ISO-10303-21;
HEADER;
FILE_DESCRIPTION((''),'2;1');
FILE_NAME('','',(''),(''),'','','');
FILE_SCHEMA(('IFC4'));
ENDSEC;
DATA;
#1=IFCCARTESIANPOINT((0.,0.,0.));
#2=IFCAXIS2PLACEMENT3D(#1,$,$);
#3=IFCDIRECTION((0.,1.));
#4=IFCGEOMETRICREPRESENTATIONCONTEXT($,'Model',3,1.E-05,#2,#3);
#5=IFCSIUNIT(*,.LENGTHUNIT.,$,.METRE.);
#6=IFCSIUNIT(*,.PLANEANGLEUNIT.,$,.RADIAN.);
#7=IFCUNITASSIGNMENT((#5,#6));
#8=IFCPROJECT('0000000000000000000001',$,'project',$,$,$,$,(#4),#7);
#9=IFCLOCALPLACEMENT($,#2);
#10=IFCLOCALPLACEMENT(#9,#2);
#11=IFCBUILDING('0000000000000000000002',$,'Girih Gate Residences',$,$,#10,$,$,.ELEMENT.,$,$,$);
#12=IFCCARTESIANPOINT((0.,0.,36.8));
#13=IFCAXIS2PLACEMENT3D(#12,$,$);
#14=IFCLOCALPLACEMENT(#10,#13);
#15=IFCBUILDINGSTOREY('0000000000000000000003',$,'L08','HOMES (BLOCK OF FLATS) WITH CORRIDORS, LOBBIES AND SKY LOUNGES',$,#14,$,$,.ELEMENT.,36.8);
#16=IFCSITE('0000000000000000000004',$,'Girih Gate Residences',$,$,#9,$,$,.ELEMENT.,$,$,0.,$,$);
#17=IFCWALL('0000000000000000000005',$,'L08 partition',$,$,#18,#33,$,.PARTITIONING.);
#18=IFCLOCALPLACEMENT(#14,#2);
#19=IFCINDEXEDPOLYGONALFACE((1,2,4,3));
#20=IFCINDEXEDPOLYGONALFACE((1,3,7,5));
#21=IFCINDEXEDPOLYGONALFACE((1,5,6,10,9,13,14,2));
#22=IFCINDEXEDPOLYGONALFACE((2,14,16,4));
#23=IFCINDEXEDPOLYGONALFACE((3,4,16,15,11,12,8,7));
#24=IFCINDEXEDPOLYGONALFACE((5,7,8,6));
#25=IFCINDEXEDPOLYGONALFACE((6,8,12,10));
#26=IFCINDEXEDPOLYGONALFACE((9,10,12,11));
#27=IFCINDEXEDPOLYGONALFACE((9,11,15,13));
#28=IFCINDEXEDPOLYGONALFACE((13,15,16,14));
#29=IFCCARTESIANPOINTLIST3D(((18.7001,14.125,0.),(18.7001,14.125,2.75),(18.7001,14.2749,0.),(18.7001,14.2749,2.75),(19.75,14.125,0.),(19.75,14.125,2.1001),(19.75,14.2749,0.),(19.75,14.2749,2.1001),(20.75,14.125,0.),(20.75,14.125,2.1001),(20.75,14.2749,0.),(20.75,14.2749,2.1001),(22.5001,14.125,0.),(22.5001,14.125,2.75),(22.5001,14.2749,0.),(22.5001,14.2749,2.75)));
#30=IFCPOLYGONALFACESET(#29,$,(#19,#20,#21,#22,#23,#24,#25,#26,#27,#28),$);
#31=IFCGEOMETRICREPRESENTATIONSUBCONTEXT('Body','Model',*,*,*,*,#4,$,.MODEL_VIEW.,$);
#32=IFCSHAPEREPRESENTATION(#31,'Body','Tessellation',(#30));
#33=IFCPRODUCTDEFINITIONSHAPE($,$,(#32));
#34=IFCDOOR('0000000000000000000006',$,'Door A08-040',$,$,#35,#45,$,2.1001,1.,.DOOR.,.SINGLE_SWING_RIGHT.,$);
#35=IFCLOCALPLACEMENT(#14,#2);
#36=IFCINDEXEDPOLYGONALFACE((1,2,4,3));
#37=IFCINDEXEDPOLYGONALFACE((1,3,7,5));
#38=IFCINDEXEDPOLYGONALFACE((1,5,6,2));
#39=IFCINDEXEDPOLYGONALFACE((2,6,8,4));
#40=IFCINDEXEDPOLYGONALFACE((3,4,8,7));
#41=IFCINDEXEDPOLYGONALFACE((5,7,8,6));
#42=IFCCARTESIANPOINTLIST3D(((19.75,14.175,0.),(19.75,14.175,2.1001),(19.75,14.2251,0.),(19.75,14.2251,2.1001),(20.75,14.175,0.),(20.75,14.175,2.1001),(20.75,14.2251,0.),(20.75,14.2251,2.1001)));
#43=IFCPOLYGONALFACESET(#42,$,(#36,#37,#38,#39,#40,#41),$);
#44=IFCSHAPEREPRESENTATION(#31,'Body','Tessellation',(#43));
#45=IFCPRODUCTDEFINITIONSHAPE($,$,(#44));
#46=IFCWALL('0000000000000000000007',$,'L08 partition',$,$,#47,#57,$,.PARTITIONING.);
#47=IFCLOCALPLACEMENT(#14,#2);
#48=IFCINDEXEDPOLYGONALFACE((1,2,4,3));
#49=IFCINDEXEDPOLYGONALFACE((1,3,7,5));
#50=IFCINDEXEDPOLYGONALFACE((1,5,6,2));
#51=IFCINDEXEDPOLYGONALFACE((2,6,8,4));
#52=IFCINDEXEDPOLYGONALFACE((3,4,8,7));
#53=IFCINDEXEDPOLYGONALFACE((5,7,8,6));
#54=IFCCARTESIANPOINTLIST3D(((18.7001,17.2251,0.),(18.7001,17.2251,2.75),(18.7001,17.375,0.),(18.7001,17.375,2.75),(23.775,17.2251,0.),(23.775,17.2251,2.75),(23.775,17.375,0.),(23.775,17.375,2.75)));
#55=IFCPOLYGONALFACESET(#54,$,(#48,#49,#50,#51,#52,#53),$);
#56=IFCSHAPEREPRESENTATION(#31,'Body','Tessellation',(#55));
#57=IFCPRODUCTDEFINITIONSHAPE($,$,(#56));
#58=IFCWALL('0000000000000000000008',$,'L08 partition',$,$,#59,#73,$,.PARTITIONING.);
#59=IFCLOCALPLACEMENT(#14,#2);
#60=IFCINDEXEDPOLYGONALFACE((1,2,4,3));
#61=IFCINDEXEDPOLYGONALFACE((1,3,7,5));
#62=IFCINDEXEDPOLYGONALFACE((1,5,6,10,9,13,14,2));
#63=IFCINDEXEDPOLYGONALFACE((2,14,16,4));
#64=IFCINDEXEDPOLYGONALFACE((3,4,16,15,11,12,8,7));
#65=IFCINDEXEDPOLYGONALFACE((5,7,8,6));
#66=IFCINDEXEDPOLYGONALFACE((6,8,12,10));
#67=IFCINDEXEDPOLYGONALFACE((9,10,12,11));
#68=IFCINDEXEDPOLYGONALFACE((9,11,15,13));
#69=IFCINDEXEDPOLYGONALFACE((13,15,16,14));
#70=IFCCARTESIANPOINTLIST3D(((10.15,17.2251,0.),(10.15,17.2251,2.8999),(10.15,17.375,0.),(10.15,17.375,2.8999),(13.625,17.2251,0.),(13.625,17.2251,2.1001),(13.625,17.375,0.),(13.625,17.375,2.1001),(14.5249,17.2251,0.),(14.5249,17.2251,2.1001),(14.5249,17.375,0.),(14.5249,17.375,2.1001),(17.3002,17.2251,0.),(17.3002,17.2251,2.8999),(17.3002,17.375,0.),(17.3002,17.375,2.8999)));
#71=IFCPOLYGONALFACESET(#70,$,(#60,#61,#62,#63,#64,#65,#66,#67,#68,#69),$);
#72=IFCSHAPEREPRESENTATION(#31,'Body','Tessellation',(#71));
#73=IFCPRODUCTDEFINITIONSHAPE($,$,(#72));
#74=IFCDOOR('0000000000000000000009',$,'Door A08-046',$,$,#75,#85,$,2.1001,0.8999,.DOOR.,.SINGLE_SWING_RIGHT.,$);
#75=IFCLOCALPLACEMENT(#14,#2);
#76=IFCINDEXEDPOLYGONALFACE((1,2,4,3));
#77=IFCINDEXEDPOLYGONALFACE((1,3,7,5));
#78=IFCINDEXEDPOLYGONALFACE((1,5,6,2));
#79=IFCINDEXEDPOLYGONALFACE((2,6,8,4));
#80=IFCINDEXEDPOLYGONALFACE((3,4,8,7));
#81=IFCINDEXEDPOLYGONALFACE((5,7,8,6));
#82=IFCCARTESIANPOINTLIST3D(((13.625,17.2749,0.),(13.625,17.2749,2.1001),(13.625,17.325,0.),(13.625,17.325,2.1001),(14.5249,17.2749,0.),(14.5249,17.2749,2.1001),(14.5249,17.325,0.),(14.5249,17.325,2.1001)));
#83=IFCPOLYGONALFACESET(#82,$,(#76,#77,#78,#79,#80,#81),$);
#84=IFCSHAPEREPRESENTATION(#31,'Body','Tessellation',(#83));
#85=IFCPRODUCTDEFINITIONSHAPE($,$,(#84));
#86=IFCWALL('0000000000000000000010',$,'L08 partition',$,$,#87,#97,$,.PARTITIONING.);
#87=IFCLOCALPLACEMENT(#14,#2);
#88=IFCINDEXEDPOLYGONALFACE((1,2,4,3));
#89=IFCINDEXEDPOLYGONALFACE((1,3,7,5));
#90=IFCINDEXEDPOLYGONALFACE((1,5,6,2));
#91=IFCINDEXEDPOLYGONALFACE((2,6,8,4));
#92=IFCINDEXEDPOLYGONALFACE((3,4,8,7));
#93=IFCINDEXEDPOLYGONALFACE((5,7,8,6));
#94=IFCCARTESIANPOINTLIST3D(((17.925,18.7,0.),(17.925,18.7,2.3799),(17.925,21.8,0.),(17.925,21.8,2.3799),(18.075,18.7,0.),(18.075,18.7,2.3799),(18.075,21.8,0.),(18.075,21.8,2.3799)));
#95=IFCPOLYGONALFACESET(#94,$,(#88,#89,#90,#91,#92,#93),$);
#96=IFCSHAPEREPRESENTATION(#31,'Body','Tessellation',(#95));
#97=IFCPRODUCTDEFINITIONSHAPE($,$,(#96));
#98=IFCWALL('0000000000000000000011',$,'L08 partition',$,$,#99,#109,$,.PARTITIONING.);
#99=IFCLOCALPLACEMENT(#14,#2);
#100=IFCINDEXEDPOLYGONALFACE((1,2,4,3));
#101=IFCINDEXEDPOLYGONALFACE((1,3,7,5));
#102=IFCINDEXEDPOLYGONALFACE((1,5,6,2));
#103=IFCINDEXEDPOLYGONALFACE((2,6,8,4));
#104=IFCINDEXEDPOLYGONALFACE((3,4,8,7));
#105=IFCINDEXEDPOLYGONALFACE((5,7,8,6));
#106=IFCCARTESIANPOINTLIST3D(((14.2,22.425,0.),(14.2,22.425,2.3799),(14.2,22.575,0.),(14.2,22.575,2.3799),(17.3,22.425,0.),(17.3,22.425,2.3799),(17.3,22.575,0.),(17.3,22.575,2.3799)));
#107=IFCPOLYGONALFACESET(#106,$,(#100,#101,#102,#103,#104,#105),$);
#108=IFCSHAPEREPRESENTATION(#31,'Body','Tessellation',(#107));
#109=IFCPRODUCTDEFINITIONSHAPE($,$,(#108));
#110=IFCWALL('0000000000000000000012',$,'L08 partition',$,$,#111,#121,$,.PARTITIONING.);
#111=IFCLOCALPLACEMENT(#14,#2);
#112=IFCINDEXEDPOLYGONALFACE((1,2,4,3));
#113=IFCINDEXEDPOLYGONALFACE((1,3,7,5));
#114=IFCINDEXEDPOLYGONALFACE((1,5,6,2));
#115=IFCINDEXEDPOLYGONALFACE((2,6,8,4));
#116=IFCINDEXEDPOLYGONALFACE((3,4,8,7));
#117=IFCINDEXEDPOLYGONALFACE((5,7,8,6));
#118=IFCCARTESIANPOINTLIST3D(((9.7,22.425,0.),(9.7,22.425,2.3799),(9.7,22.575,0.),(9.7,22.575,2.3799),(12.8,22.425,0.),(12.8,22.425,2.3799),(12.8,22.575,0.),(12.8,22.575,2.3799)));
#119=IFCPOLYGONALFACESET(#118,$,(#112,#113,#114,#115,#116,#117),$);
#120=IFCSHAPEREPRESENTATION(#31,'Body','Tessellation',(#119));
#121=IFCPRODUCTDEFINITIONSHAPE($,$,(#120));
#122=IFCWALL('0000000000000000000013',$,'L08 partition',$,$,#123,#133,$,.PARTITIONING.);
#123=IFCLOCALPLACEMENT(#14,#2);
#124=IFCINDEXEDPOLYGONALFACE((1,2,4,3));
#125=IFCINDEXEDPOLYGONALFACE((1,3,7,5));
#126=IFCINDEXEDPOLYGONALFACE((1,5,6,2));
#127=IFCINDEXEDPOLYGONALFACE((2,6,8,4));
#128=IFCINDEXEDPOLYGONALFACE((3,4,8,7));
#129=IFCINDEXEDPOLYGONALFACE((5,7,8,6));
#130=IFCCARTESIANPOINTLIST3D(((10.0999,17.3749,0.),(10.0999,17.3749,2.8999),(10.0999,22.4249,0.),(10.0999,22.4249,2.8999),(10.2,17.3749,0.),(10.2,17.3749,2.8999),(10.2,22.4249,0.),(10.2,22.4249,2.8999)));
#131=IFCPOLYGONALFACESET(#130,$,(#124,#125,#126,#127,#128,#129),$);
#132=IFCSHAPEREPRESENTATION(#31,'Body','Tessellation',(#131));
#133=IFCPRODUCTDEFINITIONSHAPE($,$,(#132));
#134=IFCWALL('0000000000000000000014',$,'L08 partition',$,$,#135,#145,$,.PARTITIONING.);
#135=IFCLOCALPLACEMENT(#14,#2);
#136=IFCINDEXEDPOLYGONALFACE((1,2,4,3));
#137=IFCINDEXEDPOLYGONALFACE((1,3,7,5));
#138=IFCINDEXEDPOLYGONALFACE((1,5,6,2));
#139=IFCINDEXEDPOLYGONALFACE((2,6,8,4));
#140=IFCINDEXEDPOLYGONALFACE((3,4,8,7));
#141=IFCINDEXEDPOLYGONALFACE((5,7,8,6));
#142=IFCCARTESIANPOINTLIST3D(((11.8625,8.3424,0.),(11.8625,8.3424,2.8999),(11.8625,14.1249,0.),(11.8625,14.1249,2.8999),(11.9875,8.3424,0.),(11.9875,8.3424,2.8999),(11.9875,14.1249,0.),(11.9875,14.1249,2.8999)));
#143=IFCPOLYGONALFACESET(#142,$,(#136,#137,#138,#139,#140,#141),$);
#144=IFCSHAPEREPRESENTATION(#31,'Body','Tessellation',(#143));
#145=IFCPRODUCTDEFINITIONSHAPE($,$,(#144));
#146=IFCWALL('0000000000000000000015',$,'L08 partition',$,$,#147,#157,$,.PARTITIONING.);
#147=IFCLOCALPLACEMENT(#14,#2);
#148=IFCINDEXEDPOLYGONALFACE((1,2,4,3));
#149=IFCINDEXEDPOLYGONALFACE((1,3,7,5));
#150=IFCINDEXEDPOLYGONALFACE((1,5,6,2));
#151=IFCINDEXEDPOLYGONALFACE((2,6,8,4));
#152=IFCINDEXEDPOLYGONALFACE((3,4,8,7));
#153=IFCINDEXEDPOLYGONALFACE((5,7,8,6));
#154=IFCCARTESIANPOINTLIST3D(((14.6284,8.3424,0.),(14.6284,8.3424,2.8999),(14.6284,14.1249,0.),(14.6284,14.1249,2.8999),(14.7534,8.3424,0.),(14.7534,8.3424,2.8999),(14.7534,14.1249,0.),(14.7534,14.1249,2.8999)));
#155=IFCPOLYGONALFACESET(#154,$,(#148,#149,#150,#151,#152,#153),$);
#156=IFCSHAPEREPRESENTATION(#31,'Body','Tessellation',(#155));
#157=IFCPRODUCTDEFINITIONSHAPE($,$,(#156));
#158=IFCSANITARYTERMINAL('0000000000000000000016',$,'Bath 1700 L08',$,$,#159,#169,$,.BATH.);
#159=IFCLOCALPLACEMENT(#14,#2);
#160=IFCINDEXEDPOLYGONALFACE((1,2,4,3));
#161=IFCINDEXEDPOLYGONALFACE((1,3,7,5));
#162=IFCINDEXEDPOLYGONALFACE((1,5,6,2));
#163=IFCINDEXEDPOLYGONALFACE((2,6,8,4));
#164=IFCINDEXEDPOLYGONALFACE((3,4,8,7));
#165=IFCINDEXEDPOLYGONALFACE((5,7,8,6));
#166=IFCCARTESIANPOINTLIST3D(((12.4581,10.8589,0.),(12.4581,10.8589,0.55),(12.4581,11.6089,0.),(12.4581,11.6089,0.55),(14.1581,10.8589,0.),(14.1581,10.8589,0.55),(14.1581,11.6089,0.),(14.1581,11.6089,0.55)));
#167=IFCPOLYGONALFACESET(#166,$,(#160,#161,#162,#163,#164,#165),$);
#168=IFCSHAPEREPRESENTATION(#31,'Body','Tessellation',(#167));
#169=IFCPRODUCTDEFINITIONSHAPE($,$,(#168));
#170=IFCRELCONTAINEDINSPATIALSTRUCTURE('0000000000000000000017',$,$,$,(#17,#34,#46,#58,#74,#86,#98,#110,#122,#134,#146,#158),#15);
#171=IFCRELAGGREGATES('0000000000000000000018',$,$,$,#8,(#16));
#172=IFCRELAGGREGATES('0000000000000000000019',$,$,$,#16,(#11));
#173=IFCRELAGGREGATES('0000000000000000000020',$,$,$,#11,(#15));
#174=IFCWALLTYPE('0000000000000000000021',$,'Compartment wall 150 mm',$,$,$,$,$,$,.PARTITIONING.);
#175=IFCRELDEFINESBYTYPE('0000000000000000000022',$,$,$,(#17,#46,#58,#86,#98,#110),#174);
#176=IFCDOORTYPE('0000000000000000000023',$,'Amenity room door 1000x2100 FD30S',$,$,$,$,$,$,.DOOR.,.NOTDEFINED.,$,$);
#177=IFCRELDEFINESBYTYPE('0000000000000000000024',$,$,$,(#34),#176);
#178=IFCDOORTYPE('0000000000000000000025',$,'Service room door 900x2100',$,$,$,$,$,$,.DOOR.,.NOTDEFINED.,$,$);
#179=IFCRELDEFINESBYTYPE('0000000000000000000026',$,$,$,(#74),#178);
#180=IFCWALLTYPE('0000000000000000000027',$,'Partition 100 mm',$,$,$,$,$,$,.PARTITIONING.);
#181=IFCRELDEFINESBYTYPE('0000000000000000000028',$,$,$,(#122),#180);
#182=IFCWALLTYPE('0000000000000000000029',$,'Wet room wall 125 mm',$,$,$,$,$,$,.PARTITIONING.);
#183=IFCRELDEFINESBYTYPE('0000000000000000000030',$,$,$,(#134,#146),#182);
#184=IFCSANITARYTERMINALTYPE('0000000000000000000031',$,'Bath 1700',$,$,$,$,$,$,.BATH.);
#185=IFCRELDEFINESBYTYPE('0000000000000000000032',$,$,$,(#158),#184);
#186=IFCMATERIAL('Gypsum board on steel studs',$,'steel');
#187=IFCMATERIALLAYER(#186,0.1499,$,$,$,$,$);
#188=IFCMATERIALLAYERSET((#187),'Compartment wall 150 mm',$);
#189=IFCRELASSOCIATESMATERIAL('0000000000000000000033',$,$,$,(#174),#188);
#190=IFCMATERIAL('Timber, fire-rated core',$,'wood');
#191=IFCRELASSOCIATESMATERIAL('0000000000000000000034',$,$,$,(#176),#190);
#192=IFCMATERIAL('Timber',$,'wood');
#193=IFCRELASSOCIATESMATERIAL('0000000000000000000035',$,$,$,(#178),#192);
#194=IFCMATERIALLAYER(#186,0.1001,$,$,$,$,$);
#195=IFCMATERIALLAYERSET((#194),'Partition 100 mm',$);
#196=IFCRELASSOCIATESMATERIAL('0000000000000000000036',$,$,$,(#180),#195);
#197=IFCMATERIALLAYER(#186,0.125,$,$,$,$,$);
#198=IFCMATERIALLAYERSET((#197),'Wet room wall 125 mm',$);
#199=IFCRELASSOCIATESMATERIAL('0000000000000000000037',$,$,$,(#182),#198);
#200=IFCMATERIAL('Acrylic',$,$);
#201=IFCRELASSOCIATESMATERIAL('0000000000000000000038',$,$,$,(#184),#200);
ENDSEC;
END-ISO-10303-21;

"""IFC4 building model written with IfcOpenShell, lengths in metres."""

from ifc_helpers import new_model, si_unit, direction, frame, frame_2d, origin, origin_2d, place, context, subcontext, project, spatial, rectangle, extrude, material, layer, layer_set, type_object, element, fill, save


model = new_model("IFC4")

# Units and contexts
model_context = context("Model", 3, precision=1e-05, world=origin(), true_north=direction((0.0, 1.0)))
body_context = subcontext(model_context, "Body", "Model", "MODEL_VIEW")
ifc_project = project(units=[si_unit("LENGTHUNIT", "METRE"), si_unit("PLANEANGLEUNIT", "RADIAN")], contexts=[model_context])

# Site, building, storey
site_placement = place(None, origin())
site = spatial("IfcSite", under=ifc_project, at=site_placement, Name="Girih Gate Residences", CompositionType="ELEMENT", RefElevation=0.0)
building_placement = place(site_placement, origin())
building = spatial("IfcBuilding", under=site, at=building_placement, Name="Girih Gate Residences", CompositionType="ELEMENT")
storey_placement = place(building_placement, frame((0.0, 0.0, 36.8)))
storey = spatial("IfcBuildingStorey", under=building, at=storey_placement, Name="L08", Description="HOMES (BLOCK OF FLATS) WITH CORRIDORS, LOBBIES AND SKY LOUNGES", CompositionType="ELEMENT", Elevation=36.8)

# Shared definitions
ifc_material_1 = material(Name="Gypsum board on steel studs", Category="steel")
ifc_layer_1 = layer(ifc_material_1, 0.1499)
ifc_layer_set_1 = layer_set([ifc_layer_1], Name="Compartment wall 150 mm")
wall_type_1 = type_object("IfcWallType", Name="Compartment wall 150 mm", PredefinedType="PARTITIONING", material=ifc_layer_set_1)

# Wall, opening, door
ifc_material_2 = material(Name="Timber, fire-rated core", Category="wood")
wall_1_placement = place(storey_placement, frame((22.5, 14.2, 0.0), z_axis=(0.0, 0.0, 1.0), x_axis=(-1.0, 0.0, 0.0)))
wall_1 = element("IfcWall", 1, at=wall_1_placement, inside=storey, type_object=wall_type_1, Name="L08 partition", PredefinedType="PARTITIONING", context=body_context, shape_type="SweptSolid", body=[
    extrude(rectangle(XDim=3.8, YDim=0.1499, at=frame_2d((1.8999, 0.0))), origin(), (0.0, 0.0, 1.0), 2.75),
])
opening_1_placement = place(wall_1_placement, frame((1.75, 0.0, 0.0)))
opening_1 = element("IfcOpeningElement", 2, at=opening_1_placement, cuts=wall_1, PredefinedType="OPENING", context=body_context, shape_type="SweptSolid", body=[
    extrude(rectangle(XDim=1.0, YDim=2.1001, at=frame_2d((0.5, 1.05))), frame((0.0, 0.085, 0.0), z_axis=(0.0, -1.0, 0.0), x_axis=(1.0, 0.0, 0.0)), (0.0, 0.0, 1.0), 0.1699),
])
door_type_1 = type_object("IfcDoorType", Name="Amenity room door 1000x2100 FD30S", OperationType="NOTDEFINED", PredefinedType="DOOR", material=ifc_material_2)
door_1_placement = place(opening_1_placement, origin())
door_1 = element("IfcDoor", 3, at=door_1_placement, inside=storey, type_object=door_type_1, Name="Door A08-040", OperationType="SINGLE_SWING_RIGHT", OverallHeight=2.1001, OverallWidth=1.0, PredefinedType="DOOR", context=body_context, shape_type="SweptSolid", body=[
    extrude(rectangle(XDim=1.0, YDim=2.1001, at=frame_2d((0.5, 1.05))), frame((0.0, 0.0249, 0.0), z_axis=(0.0, -1.0, 0.0), x_axis=(1.0, 0.0, 0.0)), (0.0, 0.0, 1.0), 0.05),
])
fill(opening_1, door_1)

# Wall
wall_2_placement = place(storey_placement, frame((18.7, 17.3, 0.0), z_axis=(0.0, 0.0, 1.0), x_axis=(1.0, 0.0, 0.0)))
element("IfcWall", 4, at=wall_2_placement, inside=storey, type_object=wall_type_1, Name="L08 partition", PredefinedType="PARTITIONING", context=body_context, shape_type="SweptSolid", body=[
    extrude(rectangle(XDim=5.075, YDim=0.1499, at=frame_2d((2.5376, 0.0))), origin(), (0.0, 0.0, 1.0), 2.75),
])

# Wall, opening, door
wall_3_placement = place(storey_placement, frame((10.1499, 17.3, 0.0), z_axis=(0.0, 0.0, 1.0), x_axis=(1.0, 0.0, 0.0)))
wall_3 = element("IfcWall", 5, at=wall_3_placement, inside=storey, type_object=wall_type_1, Name="L08 partition", PredefinedType="PARTITIONING", context=body_context, shape_type="SweptSolid", body=[
    extrude(rectangle(XDim=7.1501, YDim=0.1499, at=frame_2d((3.5752, 0.0))), origin(), (0.0, 0.0, 1.0), 2.8999),
])
opening_2_placement = place(wall_3_placement, frame((3.4751, 0.0, 0.0)))
opening_2 = element("IfcOpeningElement", 6, at=opening_2_placement, cuts=wall_3, PredefinedType="OPENING", context=body_context, shape_type="SweptSolid", body=[
    extrude(rectangle(XDim=0.8999, YDim=2.1001, at=frame_2d((0.45, 1.05))), frame((0.0, 0.085, 0.0), z_axis=(0.0, -1.0, 0.0), x_axis=(1.0, 0.0, 0.0)), (0.0, 0.0, 1.0), 0.1699),
])
ifc_material_3 = material(Name="Timber", Category="wood")
door_type_2 = type_object("IfcDoorType", Name="Service room door 900x2100", OperationType="NOTDEFINED", PredefinedType="DOOR", material=ifc_material_3)
door_2_placement = place(opening_2_placement, origin())
door_2 = element("IfcDoor", 7, at=door_2_placement, inside=storey, type_object=door_type_2, Name="Door A08-046", OperationType="SINGLE_SWING_RIGHT", OverallHeight=2.1001, OverallWidth=0.8999, PredefinedType="DOOR", context=body_context, shape_type="SweptSolid", body=[
    extrude(rectangle(XDim=0.8999, YDim=2.1001, at=frame_2d((0.45, 1.05))), frame((0.0, 0.0249, 0.0), z_axis=(0.0, -1.0, 0.0), x_axis=(1.0, 0.0, 0.0)), (0.0, 0.0, 1.0), 0.05),
])
fill(opening_2, door_2)

# Walls
for number, where, z_axis, x_axis, name in (
    (8, (18.0, 18.7, 0.0), (0.0, 0.0, 1.0), (0.0, 1.0, 0.0), "L08 partition"),
    (9, (14.2, 22.5, 0.0), (0.0, 0.0, 1.0), (1.0, 0.0, 0.0), "L08 partition"),
    (10, (9.7, 22.5, 0.0), (0.0, 0.0, 1.0), (1.0, 0.0, 0.0), "L08 partition"),
):
    element("IfcWall", number, at=place(storey_placement, frame(where, z_axis=z_axis, x_axis=x_axis)), inside=storey, type_object=wall_type_1, Name=name, PredefinedType="PARTITIONING", context=body_context, shape_type="SweptSolid", body=[
        extrude(rectangle(XDim=3.1001, YDim=0.1499, at=frame_2d((1.55, 0.0))), origin(), (0.0, 0.0, 1.0), 2.3799),
    ])
ifc_layer_2 = layer(ifc_material_1, 0.1001)
ifc_layer_set_2 = layer_set([ifc_layer_2], Name="Partition 100 mm")
wall_type_2 = type_object("IfcWallType", Name="Partition 100 mm", PredefinedType="PARTITIONING", material=ifc_layer_set_2)
wall_4_placement = place(storey_placement, frame((10.1499, 17.375, 0.0), z_axis=(0.0, 0.0, 1.0), x_axis=(0.0, 1.0, 0.0)))
element("IfcWall", 11, at=wall_4_placement, inside=storey, type_object=wall_type_2, Name="L08 partition", PredefinedType="PARTITIONING", context=body_context, shape_type="SweptSolid", body=[
    extrude(rectangle(XDim=5.05, YDim=0.1001, at=frame_2d((2.5249, 0.0))), origin(), (0.0, 0.0, 1.0), 2.8999),
])
ifc_layer_3 = layer(ifc_material_1, 0.125)
ifc_layer_set_3 = layer_set([ifc_layer_3], Name="Wet room wall 125 mm")
wall_type_3 = type_object("IfcWallType", Name="Wet room wall 125 mm", PredefinedType="PARTITIONING", material=ifc_layer_set_3)
for number, where, z_axis, x_axis, name in (
    (12, (11.925, 8.3425, 0.0), (0.0, 0.0, 1.0), (0.0, 1.0, 0.0), "L08 partition"),
    (13, (14.6909, 8.3425, 0.0), (0.0, 0.0, 1.0), (0.0, 1.0, 0.0), "L08 partition"),
):
    element("IfcWall", number, at=place(storey_placement, frame(where, z_axis=z_axis, x_axis=x_axis)), inside=storey, type_object=wall_type_3, Name=name, PredefinedType="PARTITIONING", context=body_context, shape_type="SweptSolid", body=[
        extrude(rectangle(XDim=5.7825, YDim=0.125, at=frame_2d((2.8911, 0.0))), origin(), (0.0, 0.0, 1.0), 2.8999),
    ])

# Sanitary terminal
ifc_material_4 = material(Name="Acrylic")
sanitary_terminal_type = type_object("IfcSanitaryTerminalType", Name="Bath 1700", PredefinedType="BATH", material=ifc_material_4)
sanitary_terminal_placement = place(storey_placement, frame((13.3081, 11.2339, 0.0), z_axis=(0.0, 0.0, 1.0), x_axis=(1.0, 0.0, 0.0)))
element("IfcSanitaryTerminal", 14, at=sanitary_terminal_placement, inside=storey, type_object=sanitary_terminal_type, Name="Bath 1700 L08", PredefinedType="BATH", context=body_context, shape_type="SweptSolid", body=[
    extrude(rectangle(XDim=1.7, YDim=0.75, at=origin_2d()), origin(), (0.0, 0.0, 1.0), 0.55),
])

save(model, "model.ifc")
